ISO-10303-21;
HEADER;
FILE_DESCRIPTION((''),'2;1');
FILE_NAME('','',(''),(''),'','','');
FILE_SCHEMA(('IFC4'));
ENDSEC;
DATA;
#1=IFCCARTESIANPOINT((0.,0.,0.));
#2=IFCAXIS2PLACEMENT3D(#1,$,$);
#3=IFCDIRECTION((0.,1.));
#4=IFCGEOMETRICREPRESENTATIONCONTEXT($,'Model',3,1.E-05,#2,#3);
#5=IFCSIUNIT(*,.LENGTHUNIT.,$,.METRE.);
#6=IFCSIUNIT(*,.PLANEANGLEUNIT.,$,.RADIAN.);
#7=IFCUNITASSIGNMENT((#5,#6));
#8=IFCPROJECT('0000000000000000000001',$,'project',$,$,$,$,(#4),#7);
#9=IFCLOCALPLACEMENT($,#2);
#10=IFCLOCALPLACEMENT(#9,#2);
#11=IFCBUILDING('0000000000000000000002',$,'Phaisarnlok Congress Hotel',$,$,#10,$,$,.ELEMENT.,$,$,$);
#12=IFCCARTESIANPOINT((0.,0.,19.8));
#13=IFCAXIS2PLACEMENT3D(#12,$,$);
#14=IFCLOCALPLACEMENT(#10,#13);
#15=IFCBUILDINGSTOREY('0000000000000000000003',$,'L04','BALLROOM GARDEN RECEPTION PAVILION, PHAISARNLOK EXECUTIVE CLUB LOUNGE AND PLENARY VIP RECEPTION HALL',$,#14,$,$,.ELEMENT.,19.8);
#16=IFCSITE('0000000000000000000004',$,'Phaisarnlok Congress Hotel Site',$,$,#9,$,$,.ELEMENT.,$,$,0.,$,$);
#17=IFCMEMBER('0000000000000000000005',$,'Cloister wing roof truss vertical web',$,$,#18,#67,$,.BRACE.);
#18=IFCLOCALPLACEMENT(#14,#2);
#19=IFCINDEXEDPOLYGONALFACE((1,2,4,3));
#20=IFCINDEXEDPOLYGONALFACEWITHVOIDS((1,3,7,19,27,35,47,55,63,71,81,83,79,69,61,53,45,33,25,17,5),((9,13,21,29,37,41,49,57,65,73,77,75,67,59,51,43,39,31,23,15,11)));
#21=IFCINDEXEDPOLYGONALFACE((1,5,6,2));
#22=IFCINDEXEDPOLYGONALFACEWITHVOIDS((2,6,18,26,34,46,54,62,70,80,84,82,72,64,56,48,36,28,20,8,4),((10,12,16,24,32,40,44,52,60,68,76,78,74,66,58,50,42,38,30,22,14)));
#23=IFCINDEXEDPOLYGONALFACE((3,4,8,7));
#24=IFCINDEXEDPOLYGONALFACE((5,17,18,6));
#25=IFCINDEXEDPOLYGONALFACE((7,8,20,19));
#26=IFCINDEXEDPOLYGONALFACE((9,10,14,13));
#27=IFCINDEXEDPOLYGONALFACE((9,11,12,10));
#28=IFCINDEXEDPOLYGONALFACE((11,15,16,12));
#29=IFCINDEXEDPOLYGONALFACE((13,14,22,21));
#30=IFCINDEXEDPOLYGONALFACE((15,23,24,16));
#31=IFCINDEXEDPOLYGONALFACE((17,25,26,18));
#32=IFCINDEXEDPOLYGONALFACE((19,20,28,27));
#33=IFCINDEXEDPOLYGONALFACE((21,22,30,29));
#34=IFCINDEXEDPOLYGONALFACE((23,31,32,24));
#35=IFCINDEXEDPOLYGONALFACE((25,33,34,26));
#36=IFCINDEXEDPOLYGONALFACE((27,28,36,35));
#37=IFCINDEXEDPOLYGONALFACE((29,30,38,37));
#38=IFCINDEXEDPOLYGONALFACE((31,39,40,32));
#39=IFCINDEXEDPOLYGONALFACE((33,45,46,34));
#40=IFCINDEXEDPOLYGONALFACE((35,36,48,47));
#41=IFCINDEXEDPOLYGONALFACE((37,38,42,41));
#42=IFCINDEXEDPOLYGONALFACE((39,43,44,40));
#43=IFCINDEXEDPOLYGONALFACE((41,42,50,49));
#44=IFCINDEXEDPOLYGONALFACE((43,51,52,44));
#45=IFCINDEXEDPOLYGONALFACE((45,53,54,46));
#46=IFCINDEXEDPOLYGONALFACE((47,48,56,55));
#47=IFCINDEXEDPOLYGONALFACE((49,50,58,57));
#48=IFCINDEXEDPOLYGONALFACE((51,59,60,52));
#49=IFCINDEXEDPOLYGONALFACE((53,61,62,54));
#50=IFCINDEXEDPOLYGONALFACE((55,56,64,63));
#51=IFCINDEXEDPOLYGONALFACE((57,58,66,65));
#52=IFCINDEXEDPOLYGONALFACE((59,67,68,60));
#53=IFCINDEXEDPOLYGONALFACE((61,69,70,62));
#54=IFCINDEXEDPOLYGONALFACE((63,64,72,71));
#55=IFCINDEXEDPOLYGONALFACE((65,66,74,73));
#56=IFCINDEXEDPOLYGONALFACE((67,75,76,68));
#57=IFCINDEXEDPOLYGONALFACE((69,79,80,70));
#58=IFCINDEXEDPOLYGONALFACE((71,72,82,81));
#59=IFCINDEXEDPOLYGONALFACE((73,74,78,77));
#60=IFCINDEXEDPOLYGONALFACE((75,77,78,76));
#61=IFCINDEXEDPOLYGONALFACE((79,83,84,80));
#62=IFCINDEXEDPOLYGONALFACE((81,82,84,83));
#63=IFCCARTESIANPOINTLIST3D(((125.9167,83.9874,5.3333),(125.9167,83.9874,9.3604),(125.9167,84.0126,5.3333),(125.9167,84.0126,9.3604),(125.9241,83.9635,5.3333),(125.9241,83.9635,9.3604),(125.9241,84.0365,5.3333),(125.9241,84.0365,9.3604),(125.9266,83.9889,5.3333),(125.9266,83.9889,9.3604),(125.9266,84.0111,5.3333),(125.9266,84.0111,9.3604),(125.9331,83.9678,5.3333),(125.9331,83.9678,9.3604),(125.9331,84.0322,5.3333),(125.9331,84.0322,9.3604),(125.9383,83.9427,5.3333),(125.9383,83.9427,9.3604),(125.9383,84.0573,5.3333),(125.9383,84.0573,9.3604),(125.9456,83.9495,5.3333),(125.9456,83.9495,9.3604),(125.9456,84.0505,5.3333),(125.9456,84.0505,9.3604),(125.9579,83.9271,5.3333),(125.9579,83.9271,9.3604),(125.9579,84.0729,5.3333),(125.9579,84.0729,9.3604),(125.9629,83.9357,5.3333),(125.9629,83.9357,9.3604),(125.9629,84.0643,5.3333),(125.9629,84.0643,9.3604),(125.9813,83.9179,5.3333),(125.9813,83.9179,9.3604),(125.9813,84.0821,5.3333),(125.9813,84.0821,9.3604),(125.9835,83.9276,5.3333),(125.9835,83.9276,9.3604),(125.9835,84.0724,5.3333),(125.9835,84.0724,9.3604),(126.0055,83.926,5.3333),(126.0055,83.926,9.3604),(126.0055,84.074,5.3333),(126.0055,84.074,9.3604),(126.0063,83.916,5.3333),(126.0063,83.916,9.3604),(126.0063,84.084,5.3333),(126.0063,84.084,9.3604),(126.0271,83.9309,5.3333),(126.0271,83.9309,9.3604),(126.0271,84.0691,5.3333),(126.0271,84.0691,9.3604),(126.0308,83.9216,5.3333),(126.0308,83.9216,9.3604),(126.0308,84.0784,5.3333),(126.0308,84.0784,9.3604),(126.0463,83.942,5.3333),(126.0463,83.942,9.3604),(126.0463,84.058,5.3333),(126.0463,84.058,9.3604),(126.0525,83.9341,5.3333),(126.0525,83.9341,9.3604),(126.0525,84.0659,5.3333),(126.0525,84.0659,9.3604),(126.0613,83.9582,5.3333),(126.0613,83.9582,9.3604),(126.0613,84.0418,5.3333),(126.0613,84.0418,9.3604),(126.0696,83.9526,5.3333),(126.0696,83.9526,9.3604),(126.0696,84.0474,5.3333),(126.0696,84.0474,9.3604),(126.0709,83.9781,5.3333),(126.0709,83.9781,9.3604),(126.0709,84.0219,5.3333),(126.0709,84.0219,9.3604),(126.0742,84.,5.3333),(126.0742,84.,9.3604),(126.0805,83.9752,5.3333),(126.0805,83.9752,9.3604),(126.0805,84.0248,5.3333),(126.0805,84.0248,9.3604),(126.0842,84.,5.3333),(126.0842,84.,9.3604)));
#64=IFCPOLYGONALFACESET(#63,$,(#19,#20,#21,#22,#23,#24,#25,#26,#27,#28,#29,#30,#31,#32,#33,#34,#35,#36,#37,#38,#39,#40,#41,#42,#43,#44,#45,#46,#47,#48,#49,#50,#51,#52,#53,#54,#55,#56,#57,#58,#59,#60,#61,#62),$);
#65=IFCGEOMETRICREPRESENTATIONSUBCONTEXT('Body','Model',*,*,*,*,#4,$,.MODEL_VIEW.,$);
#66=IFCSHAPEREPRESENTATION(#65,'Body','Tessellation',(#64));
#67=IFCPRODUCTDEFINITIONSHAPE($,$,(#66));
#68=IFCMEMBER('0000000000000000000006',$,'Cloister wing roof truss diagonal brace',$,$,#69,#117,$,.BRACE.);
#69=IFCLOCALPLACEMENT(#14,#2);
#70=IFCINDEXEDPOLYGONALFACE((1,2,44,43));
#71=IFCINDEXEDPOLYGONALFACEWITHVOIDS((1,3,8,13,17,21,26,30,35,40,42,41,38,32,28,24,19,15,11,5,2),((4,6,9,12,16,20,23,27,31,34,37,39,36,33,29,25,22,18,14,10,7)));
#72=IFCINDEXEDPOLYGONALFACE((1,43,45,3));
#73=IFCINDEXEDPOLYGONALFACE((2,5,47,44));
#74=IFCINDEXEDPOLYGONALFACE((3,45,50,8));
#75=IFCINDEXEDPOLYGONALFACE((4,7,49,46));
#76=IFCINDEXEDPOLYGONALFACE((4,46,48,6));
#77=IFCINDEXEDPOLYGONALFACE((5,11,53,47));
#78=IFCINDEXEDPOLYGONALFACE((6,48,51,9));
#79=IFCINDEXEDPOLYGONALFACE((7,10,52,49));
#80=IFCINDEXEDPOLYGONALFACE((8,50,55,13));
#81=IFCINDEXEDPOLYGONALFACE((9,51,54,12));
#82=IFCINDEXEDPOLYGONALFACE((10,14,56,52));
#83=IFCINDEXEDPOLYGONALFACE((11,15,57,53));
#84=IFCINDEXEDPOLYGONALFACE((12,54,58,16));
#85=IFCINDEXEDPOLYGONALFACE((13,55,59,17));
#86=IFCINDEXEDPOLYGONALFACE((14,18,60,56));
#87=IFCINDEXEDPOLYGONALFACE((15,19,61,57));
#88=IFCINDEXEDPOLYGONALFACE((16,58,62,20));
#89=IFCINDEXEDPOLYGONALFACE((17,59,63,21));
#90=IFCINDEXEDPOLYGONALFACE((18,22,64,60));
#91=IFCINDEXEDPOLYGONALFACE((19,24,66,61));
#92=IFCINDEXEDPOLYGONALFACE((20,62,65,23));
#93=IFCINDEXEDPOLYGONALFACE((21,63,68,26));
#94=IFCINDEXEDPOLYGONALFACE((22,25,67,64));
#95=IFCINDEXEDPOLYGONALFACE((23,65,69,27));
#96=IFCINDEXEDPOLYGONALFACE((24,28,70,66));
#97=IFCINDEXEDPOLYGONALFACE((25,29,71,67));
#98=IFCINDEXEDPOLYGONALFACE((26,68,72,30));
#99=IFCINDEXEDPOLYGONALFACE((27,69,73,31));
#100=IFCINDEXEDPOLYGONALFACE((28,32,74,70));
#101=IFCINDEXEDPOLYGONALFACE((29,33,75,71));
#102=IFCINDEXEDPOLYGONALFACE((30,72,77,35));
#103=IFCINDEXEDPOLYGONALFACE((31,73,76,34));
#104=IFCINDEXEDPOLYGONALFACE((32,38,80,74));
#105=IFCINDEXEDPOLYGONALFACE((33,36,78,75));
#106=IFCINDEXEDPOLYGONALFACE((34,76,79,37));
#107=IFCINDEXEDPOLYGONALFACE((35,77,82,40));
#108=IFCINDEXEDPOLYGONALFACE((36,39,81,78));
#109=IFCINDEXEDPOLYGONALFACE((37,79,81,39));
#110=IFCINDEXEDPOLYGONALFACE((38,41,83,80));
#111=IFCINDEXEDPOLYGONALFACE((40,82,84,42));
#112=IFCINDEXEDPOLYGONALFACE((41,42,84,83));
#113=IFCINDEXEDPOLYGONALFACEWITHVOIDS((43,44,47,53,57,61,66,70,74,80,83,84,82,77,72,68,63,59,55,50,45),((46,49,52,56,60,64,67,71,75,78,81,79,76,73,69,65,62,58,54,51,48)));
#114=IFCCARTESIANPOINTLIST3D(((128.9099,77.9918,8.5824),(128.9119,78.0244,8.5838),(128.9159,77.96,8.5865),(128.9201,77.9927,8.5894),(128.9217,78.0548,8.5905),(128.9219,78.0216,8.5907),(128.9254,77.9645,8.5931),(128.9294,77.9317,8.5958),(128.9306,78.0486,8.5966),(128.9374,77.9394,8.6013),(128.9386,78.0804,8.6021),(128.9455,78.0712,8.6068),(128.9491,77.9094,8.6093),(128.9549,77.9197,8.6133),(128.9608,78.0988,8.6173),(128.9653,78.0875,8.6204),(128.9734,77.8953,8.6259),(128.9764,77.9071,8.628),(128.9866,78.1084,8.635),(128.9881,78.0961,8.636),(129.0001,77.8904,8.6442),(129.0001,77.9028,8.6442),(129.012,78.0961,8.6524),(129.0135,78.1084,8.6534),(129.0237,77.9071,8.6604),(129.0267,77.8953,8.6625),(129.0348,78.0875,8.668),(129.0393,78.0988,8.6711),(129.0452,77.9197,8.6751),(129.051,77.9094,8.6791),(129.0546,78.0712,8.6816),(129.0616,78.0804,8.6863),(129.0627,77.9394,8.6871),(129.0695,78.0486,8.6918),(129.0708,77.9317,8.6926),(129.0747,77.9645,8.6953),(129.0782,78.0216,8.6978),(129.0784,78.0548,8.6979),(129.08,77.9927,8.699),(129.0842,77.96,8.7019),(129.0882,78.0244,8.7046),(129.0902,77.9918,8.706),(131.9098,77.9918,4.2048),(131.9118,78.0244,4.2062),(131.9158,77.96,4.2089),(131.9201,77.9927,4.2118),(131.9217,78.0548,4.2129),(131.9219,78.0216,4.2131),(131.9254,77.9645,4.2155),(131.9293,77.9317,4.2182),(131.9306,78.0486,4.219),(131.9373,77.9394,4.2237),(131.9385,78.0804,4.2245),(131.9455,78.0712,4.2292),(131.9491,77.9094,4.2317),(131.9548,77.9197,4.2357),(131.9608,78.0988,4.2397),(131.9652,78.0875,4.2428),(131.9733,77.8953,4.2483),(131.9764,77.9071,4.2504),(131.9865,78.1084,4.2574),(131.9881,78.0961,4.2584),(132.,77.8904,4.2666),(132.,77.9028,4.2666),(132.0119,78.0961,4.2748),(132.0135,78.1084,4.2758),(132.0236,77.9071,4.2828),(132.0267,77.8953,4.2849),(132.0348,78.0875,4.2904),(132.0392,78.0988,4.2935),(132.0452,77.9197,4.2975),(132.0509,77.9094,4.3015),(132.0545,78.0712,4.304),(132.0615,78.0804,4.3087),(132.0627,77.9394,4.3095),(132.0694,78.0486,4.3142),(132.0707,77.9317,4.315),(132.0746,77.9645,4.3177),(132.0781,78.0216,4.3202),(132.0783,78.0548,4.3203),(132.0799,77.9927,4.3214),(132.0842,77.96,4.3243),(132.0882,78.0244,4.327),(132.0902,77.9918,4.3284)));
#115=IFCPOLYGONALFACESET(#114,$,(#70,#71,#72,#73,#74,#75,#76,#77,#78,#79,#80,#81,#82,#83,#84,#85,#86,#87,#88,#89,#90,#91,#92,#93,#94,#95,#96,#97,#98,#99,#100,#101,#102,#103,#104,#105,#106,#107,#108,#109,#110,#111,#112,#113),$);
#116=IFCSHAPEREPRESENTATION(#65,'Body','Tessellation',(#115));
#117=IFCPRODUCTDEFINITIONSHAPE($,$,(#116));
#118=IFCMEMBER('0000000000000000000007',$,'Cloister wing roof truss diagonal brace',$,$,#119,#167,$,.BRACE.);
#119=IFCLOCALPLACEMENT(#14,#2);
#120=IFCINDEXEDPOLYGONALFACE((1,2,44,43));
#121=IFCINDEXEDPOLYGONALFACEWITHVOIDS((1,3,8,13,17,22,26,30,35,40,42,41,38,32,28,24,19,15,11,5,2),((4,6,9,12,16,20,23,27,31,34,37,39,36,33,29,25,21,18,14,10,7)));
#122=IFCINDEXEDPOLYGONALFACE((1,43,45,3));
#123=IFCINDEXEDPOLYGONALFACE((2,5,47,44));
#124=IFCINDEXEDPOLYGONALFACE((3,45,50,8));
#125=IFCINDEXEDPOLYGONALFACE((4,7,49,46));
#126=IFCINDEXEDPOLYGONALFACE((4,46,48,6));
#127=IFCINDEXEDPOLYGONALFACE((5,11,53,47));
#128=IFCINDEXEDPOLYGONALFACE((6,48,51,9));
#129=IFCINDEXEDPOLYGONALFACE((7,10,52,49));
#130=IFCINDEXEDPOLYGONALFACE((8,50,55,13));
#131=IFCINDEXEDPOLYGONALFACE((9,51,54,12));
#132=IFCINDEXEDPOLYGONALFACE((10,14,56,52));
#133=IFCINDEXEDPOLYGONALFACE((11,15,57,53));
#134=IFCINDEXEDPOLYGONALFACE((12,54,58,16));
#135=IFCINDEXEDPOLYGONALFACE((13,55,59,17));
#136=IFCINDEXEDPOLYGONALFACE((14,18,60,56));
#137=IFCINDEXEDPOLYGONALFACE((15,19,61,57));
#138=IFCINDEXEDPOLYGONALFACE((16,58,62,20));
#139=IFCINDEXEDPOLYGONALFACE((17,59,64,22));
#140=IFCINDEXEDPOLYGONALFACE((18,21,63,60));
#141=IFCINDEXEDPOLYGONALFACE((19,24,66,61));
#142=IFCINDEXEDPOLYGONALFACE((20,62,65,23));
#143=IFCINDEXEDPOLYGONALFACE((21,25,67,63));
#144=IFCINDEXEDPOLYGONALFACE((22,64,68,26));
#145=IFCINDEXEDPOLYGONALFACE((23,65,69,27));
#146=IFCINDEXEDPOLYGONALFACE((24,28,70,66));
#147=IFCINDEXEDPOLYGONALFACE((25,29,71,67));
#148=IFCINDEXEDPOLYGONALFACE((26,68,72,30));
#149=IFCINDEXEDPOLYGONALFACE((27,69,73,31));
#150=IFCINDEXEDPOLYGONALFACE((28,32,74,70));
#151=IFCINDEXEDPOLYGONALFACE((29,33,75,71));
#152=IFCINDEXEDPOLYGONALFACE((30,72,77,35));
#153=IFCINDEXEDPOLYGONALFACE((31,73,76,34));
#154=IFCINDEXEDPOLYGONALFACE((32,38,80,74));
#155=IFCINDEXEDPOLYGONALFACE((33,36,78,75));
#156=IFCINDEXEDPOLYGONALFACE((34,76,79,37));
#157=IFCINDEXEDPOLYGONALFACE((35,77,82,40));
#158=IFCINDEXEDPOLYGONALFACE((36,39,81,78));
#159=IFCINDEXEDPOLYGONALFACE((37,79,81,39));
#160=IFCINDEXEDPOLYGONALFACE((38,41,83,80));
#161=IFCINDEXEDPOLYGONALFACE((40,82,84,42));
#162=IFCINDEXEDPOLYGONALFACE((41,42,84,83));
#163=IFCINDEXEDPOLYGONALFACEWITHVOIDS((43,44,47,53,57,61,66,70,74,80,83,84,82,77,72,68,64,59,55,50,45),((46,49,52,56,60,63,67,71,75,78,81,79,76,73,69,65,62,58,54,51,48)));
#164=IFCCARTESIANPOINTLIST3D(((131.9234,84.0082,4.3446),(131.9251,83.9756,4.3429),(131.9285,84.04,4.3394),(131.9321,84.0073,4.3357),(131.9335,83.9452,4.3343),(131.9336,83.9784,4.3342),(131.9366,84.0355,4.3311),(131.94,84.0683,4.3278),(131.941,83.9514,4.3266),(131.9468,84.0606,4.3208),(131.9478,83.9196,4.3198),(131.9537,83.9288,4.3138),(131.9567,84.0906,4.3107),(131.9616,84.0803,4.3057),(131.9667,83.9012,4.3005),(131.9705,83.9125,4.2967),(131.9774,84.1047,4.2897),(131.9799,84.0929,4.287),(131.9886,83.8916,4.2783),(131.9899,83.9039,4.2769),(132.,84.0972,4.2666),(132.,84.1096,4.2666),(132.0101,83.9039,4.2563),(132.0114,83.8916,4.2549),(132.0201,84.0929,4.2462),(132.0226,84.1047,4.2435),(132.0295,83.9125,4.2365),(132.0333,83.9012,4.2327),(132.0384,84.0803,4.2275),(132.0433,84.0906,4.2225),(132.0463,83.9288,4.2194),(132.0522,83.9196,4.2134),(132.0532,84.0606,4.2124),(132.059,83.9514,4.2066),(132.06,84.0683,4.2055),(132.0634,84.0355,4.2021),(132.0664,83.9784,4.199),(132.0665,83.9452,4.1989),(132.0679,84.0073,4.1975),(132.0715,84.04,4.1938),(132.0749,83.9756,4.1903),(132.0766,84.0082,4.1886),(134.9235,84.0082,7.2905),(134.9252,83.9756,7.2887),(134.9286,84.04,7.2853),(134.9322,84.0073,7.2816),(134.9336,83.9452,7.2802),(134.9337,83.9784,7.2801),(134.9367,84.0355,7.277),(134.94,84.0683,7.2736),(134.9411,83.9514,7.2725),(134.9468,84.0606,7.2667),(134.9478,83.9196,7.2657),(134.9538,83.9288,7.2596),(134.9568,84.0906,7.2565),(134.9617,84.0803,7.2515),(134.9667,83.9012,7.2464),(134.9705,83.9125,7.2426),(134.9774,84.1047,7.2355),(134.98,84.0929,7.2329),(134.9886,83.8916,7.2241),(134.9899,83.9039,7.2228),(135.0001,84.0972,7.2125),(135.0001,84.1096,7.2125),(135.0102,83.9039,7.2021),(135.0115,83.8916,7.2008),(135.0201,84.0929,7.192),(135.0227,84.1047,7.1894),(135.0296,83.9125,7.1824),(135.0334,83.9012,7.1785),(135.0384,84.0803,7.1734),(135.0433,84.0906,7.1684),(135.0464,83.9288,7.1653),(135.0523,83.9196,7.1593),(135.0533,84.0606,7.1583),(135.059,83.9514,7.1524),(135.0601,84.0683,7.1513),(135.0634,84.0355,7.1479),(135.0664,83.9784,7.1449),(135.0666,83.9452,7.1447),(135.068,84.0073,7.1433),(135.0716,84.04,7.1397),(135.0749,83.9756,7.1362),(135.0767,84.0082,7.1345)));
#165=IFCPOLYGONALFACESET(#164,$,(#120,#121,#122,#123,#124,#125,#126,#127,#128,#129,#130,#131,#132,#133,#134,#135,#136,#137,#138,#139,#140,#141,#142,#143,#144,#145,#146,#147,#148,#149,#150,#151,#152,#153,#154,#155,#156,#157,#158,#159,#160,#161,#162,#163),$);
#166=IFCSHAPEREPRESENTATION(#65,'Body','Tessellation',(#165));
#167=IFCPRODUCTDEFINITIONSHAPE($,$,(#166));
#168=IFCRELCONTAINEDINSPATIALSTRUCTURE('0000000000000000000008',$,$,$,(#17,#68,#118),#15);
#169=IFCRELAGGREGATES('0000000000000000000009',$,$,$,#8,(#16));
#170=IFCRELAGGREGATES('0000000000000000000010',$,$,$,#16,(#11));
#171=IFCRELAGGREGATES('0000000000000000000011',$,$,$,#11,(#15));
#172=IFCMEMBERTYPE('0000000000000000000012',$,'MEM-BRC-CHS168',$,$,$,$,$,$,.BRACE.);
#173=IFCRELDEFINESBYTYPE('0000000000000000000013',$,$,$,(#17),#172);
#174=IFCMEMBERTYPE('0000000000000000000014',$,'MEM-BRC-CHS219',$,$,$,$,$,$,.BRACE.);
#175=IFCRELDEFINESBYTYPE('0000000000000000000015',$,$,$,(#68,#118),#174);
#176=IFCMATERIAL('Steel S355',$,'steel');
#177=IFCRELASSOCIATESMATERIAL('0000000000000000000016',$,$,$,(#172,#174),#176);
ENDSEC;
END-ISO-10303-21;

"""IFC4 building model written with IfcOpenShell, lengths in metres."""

from ifc_helpers import new_model, si_unit, direction, frame, origin, origin_2d, place, context, subcontext, project, spatial, hollow_circle, extrude, material, material_profile, profile_set, type_object, element, save


model = new_model("IFC4")

# Units and contexts
model_context = context("Model", 3, precision=1e-05, world=origin(), true_north=direction((0.0, 1.0)))
body_context = subcontext(model_context, "Body", "Model", "MODEL_VIEW")
ifc_project = project(units=[si_unit("LENGTHUNIT", "METRE"), si_unit("PLANEANGLEUNIT", "RADIAN")], contexts=[model_context])

# Site, building, storey
site_placement = place(None, origin())
site = spatial("IfcSite", under=ifc_project, at=site_placement, Name="Phaisarnlok Congress Hotel Site", CompositionType="ELEMENT", RefElevation=0.0)
building_placement = place(site_placement, origin())
building = spatial("IfcBuilding", under=site, at=building_placement, Name="Phaisarnlok Congress Hotel", CompositionType="ELEMENT")
storey_placement = place(building_placement, frame((0.0, 0.0, 19.8)))
storey = spatial("IfcBuildingStorey", under=building, at=storey_placement, Name="L04", Description="BALLROOM GARDEN RECEPTION PAVILION, PHAISARNLOK EXECUTIVE CLUB LOUNGE AND PLENARY VIP RECEPTION HALL", CompositionType="ELEMENT", Elevation=19.8)

# Shared definitions
ifc_material_1 = material(Name="Steel S355", Category="steel")

# Members
ifc_material_profile_1 = material_profile(ifc_material_1, hollow_circle(Radius=0.0842, WallThickness=0.01, at=origin_2d()), Name="CHS 168.3x10")
ifc_profile_set_1 = profile_set([ifc_material_profile_1], Name="Steel S355")
member_type_1 = type_object("IfcMemberType", Name="MEM-BRC-CHS168", PredefinedType="BRACE", material=ifc_profile_set_1)
member_1_placement = place(storey_placement, frame((126.0, 84.0, 5.3333), z_axis=(0.0, 0.0, 1.0), x_axis=(1.0, 0.0, 0.0)))
element("IfcMember", 1, at=member_1_placement, inside=storey, type_object=member_type_1, Name="Cloister wing roof truss vertical web", PredefinedType="BRACE", context=body_context, shape_type="SweptSolid", body=[
    extrude(hollow_circle(Radius=0.0842, WallThickness=0.01, at=origin_2d()), origin(), (0.0, 0.0, 1.0), 4.0271),
])
ifc_material_profile_2 = material_profile(ifc_material_1, hollow_circle(Radius=0.1096, WallThickness=0.0125, at=origin_2d()), Name="CHS 219.1x12.5")
ifc_profile_set_2 = profile_set([ifc_material_profile_2], Name="Steel S355")
member_type_2 = type_object("IfcMemberType", Name="MEM-BRC-CHS219", PredefinedType="BRACE", material=ifc_profile_set_2)
member_2_placement = place(storey_placement, frame((132.0, 78.0, 4.2666), z_axis=(-0.565292, 0.0, 0.824891), x_axis=(0.0, -1.0, 0.0)))
element("IfcMember", 2, at=member_2_placement, inside=storey, type_object=member_type_2, Name="Cloister wing roof truss diagonal brace", PredefinedType="BRACE", context=body_context, shape_type="SweptSolid", body=[
    extrude(hollow_circle(Radius=0.1096, WallThickness=0.0125, at=origin_2d()), origin(), (0.0, 0.0, 1.0), 5.3069),
])
member_3_placement = place(storey_placement, frame((132.0, 84.0, 4.2666), z_axis=(0.713523, 0.0, 0.700632), x_axis=(0.0, 1.0, 0.0)))
element("IfcMember", 3, at=member_3_placement, inside=storey, type_object=member_type_2, Name="Cloister wing roof truss diagonal brace", PredefinedType="BRACE", context=body_context, shape_type="SweptSolid", body=[
    extrude(hollow_circle(Radius=0.1096, WallThickness=0.0125, at=origin_2d()), origin(), (0.0, 0.0, 1.0), 4.2046),
])

save(model, "model.ifc")
